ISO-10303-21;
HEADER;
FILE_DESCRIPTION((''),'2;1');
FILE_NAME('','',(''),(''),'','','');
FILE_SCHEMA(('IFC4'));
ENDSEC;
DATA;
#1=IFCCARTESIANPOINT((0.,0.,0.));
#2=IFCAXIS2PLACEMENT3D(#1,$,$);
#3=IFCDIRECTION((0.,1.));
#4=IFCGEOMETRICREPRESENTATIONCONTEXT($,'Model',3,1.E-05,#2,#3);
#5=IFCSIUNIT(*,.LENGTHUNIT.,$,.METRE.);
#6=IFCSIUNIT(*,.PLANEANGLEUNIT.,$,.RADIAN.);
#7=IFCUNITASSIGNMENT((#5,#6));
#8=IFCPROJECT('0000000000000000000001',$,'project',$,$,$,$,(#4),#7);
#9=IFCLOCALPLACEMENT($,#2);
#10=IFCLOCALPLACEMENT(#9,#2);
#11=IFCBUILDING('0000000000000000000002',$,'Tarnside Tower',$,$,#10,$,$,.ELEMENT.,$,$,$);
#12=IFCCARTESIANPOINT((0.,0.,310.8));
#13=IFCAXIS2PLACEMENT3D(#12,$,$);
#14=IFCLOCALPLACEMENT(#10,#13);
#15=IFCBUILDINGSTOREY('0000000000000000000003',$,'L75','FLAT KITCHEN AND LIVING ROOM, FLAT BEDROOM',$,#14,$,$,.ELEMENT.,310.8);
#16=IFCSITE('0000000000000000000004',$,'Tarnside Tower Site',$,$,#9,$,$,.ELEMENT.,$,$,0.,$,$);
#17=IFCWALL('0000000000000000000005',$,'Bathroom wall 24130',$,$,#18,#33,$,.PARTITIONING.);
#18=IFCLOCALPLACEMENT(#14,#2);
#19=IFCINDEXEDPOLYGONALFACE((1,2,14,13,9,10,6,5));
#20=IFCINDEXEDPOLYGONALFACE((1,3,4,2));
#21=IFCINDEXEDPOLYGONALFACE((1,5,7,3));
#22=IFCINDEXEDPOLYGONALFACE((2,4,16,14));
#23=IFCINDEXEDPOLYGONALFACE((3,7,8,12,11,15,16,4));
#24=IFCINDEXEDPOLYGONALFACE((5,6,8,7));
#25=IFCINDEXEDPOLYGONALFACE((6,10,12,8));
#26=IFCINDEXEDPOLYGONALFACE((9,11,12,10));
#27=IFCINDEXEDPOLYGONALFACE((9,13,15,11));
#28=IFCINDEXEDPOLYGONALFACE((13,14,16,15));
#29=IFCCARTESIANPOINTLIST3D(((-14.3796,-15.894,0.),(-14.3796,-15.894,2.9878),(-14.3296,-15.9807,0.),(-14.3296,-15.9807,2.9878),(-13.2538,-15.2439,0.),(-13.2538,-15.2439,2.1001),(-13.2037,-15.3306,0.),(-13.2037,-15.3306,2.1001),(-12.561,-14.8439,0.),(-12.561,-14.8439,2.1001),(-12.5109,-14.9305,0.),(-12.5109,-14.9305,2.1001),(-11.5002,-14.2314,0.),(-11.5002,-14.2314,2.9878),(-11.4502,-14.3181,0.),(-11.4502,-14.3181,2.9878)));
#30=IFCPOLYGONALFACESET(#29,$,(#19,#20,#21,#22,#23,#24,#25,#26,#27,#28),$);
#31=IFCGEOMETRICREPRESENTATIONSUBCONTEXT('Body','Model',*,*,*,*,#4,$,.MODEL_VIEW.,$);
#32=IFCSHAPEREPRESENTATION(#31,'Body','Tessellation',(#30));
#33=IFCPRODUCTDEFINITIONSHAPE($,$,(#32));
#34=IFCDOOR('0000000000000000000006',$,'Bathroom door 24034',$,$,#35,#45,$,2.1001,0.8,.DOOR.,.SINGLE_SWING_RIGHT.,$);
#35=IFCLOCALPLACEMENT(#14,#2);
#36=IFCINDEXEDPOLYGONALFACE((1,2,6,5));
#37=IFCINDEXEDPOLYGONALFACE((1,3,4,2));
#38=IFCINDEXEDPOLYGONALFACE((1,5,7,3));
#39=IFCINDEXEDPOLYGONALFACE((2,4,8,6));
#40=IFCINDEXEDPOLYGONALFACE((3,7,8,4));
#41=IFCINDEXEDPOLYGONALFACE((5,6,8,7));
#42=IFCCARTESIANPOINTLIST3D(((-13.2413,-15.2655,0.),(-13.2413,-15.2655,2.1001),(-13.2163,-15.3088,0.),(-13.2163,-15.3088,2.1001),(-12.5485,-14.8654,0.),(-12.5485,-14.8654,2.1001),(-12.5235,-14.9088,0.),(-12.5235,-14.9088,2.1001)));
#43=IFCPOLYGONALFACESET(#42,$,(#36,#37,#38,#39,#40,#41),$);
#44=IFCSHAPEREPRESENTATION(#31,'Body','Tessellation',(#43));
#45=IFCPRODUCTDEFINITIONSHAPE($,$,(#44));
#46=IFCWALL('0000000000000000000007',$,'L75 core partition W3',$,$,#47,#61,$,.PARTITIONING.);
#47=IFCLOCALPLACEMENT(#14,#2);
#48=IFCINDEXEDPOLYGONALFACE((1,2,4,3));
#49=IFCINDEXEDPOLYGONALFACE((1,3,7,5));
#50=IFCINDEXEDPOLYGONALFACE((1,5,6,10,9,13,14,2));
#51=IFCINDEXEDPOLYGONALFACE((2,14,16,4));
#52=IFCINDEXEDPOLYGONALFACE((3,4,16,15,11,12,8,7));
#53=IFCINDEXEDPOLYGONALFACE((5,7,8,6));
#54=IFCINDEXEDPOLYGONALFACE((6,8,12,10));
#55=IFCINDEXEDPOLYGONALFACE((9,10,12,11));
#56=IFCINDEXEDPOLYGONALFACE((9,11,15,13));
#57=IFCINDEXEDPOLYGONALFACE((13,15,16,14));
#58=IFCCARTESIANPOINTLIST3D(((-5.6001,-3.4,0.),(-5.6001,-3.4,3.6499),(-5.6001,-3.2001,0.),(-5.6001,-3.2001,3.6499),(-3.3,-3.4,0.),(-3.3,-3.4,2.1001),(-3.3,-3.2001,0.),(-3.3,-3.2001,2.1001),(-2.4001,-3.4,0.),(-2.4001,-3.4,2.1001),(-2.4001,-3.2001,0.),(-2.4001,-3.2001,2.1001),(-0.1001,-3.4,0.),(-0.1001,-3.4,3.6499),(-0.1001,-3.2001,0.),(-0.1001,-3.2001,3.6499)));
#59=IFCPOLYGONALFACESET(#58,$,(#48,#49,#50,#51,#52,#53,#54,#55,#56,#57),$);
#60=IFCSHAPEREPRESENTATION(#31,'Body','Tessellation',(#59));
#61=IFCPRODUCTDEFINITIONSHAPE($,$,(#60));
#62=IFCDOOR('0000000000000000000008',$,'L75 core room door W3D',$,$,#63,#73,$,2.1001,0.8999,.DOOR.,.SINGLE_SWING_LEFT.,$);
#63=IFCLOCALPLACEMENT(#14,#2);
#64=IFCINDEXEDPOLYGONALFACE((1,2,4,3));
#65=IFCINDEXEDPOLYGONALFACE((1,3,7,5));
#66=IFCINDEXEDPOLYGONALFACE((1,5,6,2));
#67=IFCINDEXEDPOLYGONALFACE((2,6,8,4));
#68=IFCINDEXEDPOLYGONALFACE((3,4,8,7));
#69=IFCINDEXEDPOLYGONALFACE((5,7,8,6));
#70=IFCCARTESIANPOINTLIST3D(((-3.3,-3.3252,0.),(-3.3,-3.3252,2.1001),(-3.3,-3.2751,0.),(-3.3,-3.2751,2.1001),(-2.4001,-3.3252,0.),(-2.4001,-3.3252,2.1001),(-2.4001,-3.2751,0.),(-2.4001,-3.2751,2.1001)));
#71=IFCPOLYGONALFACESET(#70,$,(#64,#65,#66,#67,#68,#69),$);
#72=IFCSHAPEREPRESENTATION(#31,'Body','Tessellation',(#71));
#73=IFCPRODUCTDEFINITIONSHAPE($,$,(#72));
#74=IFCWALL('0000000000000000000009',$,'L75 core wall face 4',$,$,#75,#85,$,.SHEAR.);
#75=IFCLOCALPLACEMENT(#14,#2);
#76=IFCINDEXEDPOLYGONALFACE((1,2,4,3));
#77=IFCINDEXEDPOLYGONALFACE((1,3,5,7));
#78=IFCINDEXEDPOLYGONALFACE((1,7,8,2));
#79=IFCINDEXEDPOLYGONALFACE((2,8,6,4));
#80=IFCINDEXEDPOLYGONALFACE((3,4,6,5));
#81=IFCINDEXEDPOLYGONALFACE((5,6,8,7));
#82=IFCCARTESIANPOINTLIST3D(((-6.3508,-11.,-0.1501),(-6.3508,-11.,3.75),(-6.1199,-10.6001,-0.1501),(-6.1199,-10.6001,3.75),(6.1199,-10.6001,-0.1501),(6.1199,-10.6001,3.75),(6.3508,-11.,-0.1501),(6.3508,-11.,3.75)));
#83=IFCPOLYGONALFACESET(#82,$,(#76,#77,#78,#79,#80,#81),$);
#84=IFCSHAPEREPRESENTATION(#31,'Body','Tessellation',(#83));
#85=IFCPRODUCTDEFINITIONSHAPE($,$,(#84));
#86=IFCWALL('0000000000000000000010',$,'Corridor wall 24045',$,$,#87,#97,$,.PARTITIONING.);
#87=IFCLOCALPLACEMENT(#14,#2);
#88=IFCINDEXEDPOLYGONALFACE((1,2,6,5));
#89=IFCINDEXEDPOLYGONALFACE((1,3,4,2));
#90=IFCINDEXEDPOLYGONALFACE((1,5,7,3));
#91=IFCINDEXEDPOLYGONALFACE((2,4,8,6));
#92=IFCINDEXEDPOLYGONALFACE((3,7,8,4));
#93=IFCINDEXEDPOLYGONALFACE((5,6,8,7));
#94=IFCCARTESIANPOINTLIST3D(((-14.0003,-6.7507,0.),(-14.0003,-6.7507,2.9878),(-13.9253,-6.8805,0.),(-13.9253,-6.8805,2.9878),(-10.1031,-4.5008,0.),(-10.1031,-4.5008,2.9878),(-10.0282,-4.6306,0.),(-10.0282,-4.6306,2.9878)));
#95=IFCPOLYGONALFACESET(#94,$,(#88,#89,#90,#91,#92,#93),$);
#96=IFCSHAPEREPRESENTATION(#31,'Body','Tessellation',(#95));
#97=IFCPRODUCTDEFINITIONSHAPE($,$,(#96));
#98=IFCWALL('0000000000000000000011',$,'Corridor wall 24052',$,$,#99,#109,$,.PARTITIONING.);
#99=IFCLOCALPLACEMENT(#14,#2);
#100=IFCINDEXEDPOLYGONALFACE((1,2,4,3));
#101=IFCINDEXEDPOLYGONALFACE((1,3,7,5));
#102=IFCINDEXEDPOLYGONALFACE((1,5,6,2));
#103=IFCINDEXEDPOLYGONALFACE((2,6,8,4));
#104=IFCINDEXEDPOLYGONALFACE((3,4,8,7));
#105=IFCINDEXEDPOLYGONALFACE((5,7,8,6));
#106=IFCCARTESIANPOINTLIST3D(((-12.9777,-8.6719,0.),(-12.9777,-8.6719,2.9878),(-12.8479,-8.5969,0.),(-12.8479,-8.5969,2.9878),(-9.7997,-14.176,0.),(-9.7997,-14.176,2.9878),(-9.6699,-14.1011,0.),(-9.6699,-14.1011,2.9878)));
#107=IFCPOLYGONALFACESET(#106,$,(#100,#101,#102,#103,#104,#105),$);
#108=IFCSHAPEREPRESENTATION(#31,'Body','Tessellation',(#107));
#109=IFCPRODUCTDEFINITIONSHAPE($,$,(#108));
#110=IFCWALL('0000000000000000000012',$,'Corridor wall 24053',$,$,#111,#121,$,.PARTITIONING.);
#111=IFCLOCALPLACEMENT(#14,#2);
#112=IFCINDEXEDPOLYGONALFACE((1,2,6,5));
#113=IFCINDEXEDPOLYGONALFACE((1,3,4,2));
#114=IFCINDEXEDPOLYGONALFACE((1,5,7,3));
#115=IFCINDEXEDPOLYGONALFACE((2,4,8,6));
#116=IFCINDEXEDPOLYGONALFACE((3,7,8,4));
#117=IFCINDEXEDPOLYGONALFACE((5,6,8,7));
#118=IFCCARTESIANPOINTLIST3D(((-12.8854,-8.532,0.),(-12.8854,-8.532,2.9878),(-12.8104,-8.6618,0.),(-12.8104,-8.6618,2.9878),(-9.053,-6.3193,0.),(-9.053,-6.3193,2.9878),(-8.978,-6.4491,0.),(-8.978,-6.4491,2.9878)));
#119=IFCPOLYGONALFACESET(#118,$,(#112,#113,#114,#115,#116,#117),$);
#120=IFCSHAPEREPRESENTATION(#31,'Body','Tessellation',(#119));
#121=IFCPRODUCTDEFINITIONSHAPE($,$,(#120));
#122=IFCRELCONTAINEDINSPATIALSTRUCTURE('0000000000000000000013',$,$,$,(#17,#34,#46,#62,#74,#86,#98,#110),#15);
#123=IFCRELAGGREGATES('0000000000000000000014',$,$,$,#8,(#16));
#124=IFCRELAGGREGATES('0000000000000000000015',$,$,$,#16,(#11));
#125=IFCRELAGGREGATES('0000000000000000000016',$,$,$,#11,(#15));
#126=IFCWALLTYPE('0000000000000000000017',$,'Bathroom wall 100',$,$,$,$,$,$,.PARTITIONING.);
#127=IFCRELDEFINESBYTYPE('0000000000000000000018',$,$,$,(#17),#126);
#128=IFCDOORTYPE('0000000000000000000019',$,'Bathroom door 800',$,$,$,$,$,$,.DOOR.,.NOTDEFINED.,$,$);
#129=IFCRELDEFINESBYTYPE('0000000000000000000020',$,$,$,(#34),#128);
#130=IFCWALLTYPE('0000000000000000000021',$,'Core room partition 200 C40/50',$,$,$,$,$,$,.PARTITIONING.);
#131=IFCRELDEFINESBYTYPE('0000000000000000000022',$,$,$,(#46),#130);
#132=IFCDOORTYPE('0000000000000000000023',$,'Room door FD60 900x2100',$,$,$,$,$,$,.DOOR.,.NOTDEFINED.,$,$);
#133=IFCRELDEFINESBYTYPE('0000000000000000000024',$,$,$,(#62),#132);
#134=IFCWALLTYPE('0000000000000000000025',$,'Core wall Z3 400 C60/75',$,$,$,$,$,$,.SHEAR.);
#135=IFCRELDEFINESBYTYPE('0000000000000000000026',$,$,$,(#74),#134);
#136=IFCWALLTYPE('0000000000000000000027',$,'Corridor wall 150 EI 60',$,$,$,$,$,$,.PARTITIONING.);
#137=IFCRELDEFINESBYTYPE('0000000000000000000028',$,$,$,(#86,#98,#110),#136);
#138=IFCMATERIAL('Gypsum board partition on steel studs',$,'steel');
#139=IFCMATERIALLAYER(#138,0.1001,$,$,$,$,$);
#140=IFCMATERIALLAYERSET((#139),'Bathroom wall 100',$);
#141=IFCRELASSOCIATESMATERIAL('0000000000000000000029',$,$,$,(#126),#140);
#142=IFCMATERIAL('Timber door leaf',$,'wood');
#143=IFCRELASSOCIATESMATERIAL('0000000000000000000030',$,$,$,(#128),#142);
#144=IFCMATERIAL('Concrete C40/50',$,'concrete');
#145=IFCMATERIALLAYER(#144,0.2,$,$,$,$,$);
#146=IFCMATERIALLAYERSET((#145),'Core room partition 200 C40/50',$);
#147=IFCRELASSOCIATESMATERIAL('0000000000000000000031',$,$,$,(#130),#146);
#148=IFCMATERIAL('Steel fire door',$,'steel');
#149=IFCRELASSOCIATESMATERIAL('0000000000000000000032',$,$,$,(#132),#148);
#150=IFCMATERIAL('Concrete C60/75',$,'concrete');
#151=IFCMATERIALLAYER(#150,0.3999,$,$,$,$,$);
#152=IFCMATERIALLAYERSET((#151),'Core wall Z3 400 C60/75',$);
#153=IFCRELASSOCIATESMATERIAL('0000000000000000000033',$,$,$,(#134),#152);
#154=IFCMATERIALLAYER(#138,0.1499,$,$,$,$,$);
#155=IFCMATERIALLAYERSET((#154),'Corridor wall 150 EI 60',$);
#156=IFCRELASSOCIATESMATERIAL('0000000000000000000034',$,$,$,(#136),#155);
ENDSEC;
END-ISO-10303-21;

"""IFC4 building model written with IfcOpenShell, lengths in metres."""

from ifc_helpers import new_model, si_unit, direction, frame, frame_2d, origin, place, context, subcontext, project, spatial, polyline, rectangle, outline, extrude, material, layer, layer_set, type_object, element, fill, save


model = new_model("IFC4")

# Units and contexts
model_context = context("Model", 3, precision=1e-05, world=origin(), true_north=direction((0.0, 1.0)))
body_context = subcontext(model_context, "Body", "Model", "MODEL_VIEW")
ifc_project = project(units=[si_unit("LENGTHUNIT", "METRE"), si_unit("PLANEANGLEUNIT", "RADIAN")], contexts=[model_context])

# Site, building, storey
site_placement = place(None, origin())
site = spatial("IfcSite", under=ifc_project, at=site_placement, Name="Tarnside Tower Site", CompositionType="ELEMENT", RefElevation=0.0)
building_placement = place(site_placement, origin())
building = spatial("IfcBuilding", under=site, at=building_placement, Name="Tarnside Tower", CompositionType="ELEMENT")
storey_placement = place(building_placement, frame((0.0, 0.0, 310.8)))
storey = spatial("IfcBuildingStorey", under=building, at=storey_placement, Name="L75", Description="FLAT KITCHEN AND LIVING ROOM, FLAT BEDROOM", CompositionType="ELEMENT", Elevation=310.8)

# Walls, openings, doors
ifc_material_1 = material(Name="Gypsum board partition on steel studs", Category="steel")
ifc_layer_1 = layer(ifc_material_1, 0.1001)
ifc_layer_set_1 = layer_set([ifc_layer_1], Name="Bathroom wall 100")
wall_type_1 = type_object("IfcWallType", Name="Bathroom wall 100", PredefinedType="PARTITIONING", material=ifc_layer_set_1)
wall_1_placement = place(storey_placement, frame((-11.4751, -14.2747, 0.0), z_axis=(0.0, 0.0, 1.0), x_axis=(-0.866002, -0.50004, 0.0)))
wall_1 = element("IfcWall", 1, at=wall_1_placement, inside=storey, type_object=wall_type_1, Name="Bathroom wall 24130", PredefinedType="PARTITIONING", context=body_context, shape_type="SweptSolid", body=[
    extrude(rectangle(XDim=3.325, YDim=0.1001, at=frame_2d((1.6626, 0.0))), origin(), (0.0, 0.0, 1.0), 2.9878),
])
opening_1_placement = place(wall_1_placement, frame((1.2251, 0.0, 0.0)))
opening_1 = element("IfcOpeningElement", 2, at=opening_1_placement, cuts=wall_1, PredefinedType="OPENING", context=body_context, shape_type="SweptSolid", body=[
    extrude(rectangle(XDim=0.8, YDim=2.1001, at=frame_2d((0.3999, 1.05))), frame((0.0, 0.0601, 0.0), z_axis=(0.0, -1.0, 0.0), x_axis=(1.0, 0.0, 0.0)), (0.0, 0.0, 1.0), 0.1201),
])
ifc_material_2 = material(Name="Timber door leaf", Category="wood")
door_type_1 = type_object("IfcDoorType", Name="Bathroom door 800", OperationType="NOTDEFINED", PredefinedType="DOOR", material=ifc_material_2)
door_1_placement = place(opening_1_placement, origin())
door_1 = element("IfcDoor", 3, at=door_1_placement, inside=storey, type_object=door_type_1, Name="Bathroom door 24034", OperationType="SINGLE_SWING_RIGHT", OverallHeight=2.1001, OverallWidth=0.8, PredefinedType="DOOR", context=body_context, shape_type="SweptSolid", body=[
    extrude(rectangle(XDim=0.8, YDim=2.1001, at=frame_2d((0.3999, 1.05))), frame((0.0, 0.0249, 0.0), z_axis=(0.0, -1.0, 0.0), x_axis=(1.0, 0.0, 0.0)), (0.0, 0.0, 1.0), 0.05),
])
fill(opening_1, door_1)
ifc_material_3 = material(Name="Concrete C40/50", Category="concrete")
ifc_layer_2 = layer(ifc_material_3, 0.2)
ifc_layer_set_2 = layer_set([ifc_layer_2], Name="Core room partition 200 C40/50")
wall_type_2 = type_object("IfcWallType", Name="Core room partition 200 C40/50", PredefinedType="PARTITIONING", material=ifc_layer_set_2)
wall_2_placement = place(storey_placement, frame((-5.6001, -3.3, 0.0), z_axis=(0.0, 0.0, 1.0), x_axis=(1.0, 0.0, 0.0)))
wall_2 = element("IfcWall", 4, at=wall_2_placement, inside=storey, type_object=wall_type_2, Name="L75 core partition W3", PredefinedType="PARTITIONING", context=body_context, shape_type="SweptSolid", body=[
    extrude(rectangle(XDim=5.5, YDim=0.2, at=frame_2d((2.75, 0.0))), origin(), (0.0, 0.0, 1.0), 3.6499),
])
opening_2_placement = place(wall_2_placement, frame((2.3, 0.0, 0.0)))
opening_2 = element("IfcOpeningElement", 5, at=opening_2_placement, cuts=wall_2, PredefinedType="OPENING", context=body_context, shape_type="SweptSolid", body=[
    extrude(rectangle(XDim=0.8999, YDim=2.1001, at=frame_2d((0.45, 1.05))), frame((0.0, 0.1099, 0.0), z_axis=(0.0, -1.0, 0.0), x_axis=(1.0, 0.0, 0.0)), (0.0, 0.0, 1.0), 0.22),
])
ifc_material_4 = material(Name="Steel fire door", Category="steel")
door_type_2 = type_object("IfcDoorType", Name="Room door FD60 900x2100", OperationType="NOTDEFINED", PredefinedType="DOOR", material=ifc_material_4)
door_2_placement = place(opening_2_placement, origin())
door_2 = element("IfcDoor", 6, at=door_2_placement, inside=storey, type_object=door_type_2, Name="L75 core room door W3D", OperationType="SINGLE_SWING_LEFT", OverallHeight=2.1001, OverallWidth=0.8999, PredefinedType="DOOR", context=body_context, shape_type="SweptSolid", body=[
    extrude(rectangle(XDim=0.8999, YDim=2.1001, at=frame_2d((0.45, 1.05))), frame((0.0, 0.0249, 0.0), z_axis=(0.0, -1.0, 0.0), x_axis=(1.0, 0.0, 0.0)), (0.0, 0.0, 1.0), 0.05),
])
fill(opening_2, door_2)

# Walls
ifc_material_5 = material(Name="Concrete C60/75", Category="concrete")
ifc_layer_3 = layer(ifc_material_5, 0.3999)
ifc_layer_set_3 = layer_set([ifc_layer_3], Name="Core wall Z3 400 C60/75")
wall_type_3 = type_object("IfcWallType", Name="Core wall Z3 400 C60/75", PredefinedType="SHEAR", material=ifc_layer_set_3)
wall_3_placement = place(storey_placement, frame((-6.2354, -10.8, -0.1501), z_axis=(0.0, 0.0, 1.0), x_axis=(1.0, 0.0, 0.0)))
element("IfcWall", 7, at=wall_3_placement, inside=storey, type_object=wall_type_3, Name="L75 core wall face 4", PredefinedType="SHEAR", context=body_context, shape_type="SweptSolid", body=[
    extrude(outline(polyline([(-0.1155, -0.2), (12.5862, -0.2), (12.3552, 0.2), (0.1155, 0.2), (-0.1155, -0.2)])), origin(), (0.0, 0.0, 1.0), 3.9001),
])
ifc_layer_4 = layer(ifc_material_1, 0.1499)
ifc_layer_set_4 = layer_set([ifc_layer_4], Name="Corridor wall 150 EI 60")
wall_type_4 = type_object("IfcWallType", Name="Corridor wall 150 EI 60", PredefinedType="PARTITIONING", material=ifc_layer_set_4)
wall_4_placement = place(storey_placement, frame((-10.0657, -4.5657, 0.0), z_axis=(0.0, 0.0, 1.0), x_axis=(-0.866031, -0.49999, 0.0)))
element("IfcWall", 8, at=wall_4_placement, inside=storey, type_object=wall_type_4, Name="Corridor wall 24045", PredefinedType="PARTITIONING", context=body_context, shape_type="SweptSolid", body=[
    extrude(rectangle(XDim=4.5, YDim=0.1499, at=frame_2d((2.25, 0.0))), origin(), (0.0, 0.0, 1.0), 2.9878),
])
wall_5_placement = place(storey_placement, frame((-9.7349, -14.1384, 0.0), z_axis=(0.0, 0.0, 1.0), x_axis=(-0.500018, 0.866015, 0.0)))
element("IfcWall", 9, at=wall_5_placement, inside=storey, type_object=wall_type_4, Name="Corridor wall 24052", PredefinedType="PARTITIONING", context=body_context, shape_type="SweptSolid", body=[
    extrude(rectangle(XDim=6.3557, YDim=0.1499, at=frame_2d((3.1777, 0.0))), origin(), (0.0, 0.0, 1.0), 2.9878),
])
wall_6_placement = place(storey_placement, frame((-12.8479, -8.5969, 0.0), z_axis=(0.0, 0.0, 1.0), x_axis=(0.866017, 0.500014, 0.0)))
element("IfcWall", 10, at=wall_6_placement, inside=storey, type_object=wall_type_4, Name="Corridor wall 24053", PredefinedType="PARTITIONING", context=body_context, shape_type="SweptSolid", body=[
    extrude(rectangle(XDim=4.4253, YDim=0.1499, at=frame_2d((2.2126, 0.0))), origin(), (0.0, 0.0, 1.0), 2.9878),
])

save(model, "model.ifc")
